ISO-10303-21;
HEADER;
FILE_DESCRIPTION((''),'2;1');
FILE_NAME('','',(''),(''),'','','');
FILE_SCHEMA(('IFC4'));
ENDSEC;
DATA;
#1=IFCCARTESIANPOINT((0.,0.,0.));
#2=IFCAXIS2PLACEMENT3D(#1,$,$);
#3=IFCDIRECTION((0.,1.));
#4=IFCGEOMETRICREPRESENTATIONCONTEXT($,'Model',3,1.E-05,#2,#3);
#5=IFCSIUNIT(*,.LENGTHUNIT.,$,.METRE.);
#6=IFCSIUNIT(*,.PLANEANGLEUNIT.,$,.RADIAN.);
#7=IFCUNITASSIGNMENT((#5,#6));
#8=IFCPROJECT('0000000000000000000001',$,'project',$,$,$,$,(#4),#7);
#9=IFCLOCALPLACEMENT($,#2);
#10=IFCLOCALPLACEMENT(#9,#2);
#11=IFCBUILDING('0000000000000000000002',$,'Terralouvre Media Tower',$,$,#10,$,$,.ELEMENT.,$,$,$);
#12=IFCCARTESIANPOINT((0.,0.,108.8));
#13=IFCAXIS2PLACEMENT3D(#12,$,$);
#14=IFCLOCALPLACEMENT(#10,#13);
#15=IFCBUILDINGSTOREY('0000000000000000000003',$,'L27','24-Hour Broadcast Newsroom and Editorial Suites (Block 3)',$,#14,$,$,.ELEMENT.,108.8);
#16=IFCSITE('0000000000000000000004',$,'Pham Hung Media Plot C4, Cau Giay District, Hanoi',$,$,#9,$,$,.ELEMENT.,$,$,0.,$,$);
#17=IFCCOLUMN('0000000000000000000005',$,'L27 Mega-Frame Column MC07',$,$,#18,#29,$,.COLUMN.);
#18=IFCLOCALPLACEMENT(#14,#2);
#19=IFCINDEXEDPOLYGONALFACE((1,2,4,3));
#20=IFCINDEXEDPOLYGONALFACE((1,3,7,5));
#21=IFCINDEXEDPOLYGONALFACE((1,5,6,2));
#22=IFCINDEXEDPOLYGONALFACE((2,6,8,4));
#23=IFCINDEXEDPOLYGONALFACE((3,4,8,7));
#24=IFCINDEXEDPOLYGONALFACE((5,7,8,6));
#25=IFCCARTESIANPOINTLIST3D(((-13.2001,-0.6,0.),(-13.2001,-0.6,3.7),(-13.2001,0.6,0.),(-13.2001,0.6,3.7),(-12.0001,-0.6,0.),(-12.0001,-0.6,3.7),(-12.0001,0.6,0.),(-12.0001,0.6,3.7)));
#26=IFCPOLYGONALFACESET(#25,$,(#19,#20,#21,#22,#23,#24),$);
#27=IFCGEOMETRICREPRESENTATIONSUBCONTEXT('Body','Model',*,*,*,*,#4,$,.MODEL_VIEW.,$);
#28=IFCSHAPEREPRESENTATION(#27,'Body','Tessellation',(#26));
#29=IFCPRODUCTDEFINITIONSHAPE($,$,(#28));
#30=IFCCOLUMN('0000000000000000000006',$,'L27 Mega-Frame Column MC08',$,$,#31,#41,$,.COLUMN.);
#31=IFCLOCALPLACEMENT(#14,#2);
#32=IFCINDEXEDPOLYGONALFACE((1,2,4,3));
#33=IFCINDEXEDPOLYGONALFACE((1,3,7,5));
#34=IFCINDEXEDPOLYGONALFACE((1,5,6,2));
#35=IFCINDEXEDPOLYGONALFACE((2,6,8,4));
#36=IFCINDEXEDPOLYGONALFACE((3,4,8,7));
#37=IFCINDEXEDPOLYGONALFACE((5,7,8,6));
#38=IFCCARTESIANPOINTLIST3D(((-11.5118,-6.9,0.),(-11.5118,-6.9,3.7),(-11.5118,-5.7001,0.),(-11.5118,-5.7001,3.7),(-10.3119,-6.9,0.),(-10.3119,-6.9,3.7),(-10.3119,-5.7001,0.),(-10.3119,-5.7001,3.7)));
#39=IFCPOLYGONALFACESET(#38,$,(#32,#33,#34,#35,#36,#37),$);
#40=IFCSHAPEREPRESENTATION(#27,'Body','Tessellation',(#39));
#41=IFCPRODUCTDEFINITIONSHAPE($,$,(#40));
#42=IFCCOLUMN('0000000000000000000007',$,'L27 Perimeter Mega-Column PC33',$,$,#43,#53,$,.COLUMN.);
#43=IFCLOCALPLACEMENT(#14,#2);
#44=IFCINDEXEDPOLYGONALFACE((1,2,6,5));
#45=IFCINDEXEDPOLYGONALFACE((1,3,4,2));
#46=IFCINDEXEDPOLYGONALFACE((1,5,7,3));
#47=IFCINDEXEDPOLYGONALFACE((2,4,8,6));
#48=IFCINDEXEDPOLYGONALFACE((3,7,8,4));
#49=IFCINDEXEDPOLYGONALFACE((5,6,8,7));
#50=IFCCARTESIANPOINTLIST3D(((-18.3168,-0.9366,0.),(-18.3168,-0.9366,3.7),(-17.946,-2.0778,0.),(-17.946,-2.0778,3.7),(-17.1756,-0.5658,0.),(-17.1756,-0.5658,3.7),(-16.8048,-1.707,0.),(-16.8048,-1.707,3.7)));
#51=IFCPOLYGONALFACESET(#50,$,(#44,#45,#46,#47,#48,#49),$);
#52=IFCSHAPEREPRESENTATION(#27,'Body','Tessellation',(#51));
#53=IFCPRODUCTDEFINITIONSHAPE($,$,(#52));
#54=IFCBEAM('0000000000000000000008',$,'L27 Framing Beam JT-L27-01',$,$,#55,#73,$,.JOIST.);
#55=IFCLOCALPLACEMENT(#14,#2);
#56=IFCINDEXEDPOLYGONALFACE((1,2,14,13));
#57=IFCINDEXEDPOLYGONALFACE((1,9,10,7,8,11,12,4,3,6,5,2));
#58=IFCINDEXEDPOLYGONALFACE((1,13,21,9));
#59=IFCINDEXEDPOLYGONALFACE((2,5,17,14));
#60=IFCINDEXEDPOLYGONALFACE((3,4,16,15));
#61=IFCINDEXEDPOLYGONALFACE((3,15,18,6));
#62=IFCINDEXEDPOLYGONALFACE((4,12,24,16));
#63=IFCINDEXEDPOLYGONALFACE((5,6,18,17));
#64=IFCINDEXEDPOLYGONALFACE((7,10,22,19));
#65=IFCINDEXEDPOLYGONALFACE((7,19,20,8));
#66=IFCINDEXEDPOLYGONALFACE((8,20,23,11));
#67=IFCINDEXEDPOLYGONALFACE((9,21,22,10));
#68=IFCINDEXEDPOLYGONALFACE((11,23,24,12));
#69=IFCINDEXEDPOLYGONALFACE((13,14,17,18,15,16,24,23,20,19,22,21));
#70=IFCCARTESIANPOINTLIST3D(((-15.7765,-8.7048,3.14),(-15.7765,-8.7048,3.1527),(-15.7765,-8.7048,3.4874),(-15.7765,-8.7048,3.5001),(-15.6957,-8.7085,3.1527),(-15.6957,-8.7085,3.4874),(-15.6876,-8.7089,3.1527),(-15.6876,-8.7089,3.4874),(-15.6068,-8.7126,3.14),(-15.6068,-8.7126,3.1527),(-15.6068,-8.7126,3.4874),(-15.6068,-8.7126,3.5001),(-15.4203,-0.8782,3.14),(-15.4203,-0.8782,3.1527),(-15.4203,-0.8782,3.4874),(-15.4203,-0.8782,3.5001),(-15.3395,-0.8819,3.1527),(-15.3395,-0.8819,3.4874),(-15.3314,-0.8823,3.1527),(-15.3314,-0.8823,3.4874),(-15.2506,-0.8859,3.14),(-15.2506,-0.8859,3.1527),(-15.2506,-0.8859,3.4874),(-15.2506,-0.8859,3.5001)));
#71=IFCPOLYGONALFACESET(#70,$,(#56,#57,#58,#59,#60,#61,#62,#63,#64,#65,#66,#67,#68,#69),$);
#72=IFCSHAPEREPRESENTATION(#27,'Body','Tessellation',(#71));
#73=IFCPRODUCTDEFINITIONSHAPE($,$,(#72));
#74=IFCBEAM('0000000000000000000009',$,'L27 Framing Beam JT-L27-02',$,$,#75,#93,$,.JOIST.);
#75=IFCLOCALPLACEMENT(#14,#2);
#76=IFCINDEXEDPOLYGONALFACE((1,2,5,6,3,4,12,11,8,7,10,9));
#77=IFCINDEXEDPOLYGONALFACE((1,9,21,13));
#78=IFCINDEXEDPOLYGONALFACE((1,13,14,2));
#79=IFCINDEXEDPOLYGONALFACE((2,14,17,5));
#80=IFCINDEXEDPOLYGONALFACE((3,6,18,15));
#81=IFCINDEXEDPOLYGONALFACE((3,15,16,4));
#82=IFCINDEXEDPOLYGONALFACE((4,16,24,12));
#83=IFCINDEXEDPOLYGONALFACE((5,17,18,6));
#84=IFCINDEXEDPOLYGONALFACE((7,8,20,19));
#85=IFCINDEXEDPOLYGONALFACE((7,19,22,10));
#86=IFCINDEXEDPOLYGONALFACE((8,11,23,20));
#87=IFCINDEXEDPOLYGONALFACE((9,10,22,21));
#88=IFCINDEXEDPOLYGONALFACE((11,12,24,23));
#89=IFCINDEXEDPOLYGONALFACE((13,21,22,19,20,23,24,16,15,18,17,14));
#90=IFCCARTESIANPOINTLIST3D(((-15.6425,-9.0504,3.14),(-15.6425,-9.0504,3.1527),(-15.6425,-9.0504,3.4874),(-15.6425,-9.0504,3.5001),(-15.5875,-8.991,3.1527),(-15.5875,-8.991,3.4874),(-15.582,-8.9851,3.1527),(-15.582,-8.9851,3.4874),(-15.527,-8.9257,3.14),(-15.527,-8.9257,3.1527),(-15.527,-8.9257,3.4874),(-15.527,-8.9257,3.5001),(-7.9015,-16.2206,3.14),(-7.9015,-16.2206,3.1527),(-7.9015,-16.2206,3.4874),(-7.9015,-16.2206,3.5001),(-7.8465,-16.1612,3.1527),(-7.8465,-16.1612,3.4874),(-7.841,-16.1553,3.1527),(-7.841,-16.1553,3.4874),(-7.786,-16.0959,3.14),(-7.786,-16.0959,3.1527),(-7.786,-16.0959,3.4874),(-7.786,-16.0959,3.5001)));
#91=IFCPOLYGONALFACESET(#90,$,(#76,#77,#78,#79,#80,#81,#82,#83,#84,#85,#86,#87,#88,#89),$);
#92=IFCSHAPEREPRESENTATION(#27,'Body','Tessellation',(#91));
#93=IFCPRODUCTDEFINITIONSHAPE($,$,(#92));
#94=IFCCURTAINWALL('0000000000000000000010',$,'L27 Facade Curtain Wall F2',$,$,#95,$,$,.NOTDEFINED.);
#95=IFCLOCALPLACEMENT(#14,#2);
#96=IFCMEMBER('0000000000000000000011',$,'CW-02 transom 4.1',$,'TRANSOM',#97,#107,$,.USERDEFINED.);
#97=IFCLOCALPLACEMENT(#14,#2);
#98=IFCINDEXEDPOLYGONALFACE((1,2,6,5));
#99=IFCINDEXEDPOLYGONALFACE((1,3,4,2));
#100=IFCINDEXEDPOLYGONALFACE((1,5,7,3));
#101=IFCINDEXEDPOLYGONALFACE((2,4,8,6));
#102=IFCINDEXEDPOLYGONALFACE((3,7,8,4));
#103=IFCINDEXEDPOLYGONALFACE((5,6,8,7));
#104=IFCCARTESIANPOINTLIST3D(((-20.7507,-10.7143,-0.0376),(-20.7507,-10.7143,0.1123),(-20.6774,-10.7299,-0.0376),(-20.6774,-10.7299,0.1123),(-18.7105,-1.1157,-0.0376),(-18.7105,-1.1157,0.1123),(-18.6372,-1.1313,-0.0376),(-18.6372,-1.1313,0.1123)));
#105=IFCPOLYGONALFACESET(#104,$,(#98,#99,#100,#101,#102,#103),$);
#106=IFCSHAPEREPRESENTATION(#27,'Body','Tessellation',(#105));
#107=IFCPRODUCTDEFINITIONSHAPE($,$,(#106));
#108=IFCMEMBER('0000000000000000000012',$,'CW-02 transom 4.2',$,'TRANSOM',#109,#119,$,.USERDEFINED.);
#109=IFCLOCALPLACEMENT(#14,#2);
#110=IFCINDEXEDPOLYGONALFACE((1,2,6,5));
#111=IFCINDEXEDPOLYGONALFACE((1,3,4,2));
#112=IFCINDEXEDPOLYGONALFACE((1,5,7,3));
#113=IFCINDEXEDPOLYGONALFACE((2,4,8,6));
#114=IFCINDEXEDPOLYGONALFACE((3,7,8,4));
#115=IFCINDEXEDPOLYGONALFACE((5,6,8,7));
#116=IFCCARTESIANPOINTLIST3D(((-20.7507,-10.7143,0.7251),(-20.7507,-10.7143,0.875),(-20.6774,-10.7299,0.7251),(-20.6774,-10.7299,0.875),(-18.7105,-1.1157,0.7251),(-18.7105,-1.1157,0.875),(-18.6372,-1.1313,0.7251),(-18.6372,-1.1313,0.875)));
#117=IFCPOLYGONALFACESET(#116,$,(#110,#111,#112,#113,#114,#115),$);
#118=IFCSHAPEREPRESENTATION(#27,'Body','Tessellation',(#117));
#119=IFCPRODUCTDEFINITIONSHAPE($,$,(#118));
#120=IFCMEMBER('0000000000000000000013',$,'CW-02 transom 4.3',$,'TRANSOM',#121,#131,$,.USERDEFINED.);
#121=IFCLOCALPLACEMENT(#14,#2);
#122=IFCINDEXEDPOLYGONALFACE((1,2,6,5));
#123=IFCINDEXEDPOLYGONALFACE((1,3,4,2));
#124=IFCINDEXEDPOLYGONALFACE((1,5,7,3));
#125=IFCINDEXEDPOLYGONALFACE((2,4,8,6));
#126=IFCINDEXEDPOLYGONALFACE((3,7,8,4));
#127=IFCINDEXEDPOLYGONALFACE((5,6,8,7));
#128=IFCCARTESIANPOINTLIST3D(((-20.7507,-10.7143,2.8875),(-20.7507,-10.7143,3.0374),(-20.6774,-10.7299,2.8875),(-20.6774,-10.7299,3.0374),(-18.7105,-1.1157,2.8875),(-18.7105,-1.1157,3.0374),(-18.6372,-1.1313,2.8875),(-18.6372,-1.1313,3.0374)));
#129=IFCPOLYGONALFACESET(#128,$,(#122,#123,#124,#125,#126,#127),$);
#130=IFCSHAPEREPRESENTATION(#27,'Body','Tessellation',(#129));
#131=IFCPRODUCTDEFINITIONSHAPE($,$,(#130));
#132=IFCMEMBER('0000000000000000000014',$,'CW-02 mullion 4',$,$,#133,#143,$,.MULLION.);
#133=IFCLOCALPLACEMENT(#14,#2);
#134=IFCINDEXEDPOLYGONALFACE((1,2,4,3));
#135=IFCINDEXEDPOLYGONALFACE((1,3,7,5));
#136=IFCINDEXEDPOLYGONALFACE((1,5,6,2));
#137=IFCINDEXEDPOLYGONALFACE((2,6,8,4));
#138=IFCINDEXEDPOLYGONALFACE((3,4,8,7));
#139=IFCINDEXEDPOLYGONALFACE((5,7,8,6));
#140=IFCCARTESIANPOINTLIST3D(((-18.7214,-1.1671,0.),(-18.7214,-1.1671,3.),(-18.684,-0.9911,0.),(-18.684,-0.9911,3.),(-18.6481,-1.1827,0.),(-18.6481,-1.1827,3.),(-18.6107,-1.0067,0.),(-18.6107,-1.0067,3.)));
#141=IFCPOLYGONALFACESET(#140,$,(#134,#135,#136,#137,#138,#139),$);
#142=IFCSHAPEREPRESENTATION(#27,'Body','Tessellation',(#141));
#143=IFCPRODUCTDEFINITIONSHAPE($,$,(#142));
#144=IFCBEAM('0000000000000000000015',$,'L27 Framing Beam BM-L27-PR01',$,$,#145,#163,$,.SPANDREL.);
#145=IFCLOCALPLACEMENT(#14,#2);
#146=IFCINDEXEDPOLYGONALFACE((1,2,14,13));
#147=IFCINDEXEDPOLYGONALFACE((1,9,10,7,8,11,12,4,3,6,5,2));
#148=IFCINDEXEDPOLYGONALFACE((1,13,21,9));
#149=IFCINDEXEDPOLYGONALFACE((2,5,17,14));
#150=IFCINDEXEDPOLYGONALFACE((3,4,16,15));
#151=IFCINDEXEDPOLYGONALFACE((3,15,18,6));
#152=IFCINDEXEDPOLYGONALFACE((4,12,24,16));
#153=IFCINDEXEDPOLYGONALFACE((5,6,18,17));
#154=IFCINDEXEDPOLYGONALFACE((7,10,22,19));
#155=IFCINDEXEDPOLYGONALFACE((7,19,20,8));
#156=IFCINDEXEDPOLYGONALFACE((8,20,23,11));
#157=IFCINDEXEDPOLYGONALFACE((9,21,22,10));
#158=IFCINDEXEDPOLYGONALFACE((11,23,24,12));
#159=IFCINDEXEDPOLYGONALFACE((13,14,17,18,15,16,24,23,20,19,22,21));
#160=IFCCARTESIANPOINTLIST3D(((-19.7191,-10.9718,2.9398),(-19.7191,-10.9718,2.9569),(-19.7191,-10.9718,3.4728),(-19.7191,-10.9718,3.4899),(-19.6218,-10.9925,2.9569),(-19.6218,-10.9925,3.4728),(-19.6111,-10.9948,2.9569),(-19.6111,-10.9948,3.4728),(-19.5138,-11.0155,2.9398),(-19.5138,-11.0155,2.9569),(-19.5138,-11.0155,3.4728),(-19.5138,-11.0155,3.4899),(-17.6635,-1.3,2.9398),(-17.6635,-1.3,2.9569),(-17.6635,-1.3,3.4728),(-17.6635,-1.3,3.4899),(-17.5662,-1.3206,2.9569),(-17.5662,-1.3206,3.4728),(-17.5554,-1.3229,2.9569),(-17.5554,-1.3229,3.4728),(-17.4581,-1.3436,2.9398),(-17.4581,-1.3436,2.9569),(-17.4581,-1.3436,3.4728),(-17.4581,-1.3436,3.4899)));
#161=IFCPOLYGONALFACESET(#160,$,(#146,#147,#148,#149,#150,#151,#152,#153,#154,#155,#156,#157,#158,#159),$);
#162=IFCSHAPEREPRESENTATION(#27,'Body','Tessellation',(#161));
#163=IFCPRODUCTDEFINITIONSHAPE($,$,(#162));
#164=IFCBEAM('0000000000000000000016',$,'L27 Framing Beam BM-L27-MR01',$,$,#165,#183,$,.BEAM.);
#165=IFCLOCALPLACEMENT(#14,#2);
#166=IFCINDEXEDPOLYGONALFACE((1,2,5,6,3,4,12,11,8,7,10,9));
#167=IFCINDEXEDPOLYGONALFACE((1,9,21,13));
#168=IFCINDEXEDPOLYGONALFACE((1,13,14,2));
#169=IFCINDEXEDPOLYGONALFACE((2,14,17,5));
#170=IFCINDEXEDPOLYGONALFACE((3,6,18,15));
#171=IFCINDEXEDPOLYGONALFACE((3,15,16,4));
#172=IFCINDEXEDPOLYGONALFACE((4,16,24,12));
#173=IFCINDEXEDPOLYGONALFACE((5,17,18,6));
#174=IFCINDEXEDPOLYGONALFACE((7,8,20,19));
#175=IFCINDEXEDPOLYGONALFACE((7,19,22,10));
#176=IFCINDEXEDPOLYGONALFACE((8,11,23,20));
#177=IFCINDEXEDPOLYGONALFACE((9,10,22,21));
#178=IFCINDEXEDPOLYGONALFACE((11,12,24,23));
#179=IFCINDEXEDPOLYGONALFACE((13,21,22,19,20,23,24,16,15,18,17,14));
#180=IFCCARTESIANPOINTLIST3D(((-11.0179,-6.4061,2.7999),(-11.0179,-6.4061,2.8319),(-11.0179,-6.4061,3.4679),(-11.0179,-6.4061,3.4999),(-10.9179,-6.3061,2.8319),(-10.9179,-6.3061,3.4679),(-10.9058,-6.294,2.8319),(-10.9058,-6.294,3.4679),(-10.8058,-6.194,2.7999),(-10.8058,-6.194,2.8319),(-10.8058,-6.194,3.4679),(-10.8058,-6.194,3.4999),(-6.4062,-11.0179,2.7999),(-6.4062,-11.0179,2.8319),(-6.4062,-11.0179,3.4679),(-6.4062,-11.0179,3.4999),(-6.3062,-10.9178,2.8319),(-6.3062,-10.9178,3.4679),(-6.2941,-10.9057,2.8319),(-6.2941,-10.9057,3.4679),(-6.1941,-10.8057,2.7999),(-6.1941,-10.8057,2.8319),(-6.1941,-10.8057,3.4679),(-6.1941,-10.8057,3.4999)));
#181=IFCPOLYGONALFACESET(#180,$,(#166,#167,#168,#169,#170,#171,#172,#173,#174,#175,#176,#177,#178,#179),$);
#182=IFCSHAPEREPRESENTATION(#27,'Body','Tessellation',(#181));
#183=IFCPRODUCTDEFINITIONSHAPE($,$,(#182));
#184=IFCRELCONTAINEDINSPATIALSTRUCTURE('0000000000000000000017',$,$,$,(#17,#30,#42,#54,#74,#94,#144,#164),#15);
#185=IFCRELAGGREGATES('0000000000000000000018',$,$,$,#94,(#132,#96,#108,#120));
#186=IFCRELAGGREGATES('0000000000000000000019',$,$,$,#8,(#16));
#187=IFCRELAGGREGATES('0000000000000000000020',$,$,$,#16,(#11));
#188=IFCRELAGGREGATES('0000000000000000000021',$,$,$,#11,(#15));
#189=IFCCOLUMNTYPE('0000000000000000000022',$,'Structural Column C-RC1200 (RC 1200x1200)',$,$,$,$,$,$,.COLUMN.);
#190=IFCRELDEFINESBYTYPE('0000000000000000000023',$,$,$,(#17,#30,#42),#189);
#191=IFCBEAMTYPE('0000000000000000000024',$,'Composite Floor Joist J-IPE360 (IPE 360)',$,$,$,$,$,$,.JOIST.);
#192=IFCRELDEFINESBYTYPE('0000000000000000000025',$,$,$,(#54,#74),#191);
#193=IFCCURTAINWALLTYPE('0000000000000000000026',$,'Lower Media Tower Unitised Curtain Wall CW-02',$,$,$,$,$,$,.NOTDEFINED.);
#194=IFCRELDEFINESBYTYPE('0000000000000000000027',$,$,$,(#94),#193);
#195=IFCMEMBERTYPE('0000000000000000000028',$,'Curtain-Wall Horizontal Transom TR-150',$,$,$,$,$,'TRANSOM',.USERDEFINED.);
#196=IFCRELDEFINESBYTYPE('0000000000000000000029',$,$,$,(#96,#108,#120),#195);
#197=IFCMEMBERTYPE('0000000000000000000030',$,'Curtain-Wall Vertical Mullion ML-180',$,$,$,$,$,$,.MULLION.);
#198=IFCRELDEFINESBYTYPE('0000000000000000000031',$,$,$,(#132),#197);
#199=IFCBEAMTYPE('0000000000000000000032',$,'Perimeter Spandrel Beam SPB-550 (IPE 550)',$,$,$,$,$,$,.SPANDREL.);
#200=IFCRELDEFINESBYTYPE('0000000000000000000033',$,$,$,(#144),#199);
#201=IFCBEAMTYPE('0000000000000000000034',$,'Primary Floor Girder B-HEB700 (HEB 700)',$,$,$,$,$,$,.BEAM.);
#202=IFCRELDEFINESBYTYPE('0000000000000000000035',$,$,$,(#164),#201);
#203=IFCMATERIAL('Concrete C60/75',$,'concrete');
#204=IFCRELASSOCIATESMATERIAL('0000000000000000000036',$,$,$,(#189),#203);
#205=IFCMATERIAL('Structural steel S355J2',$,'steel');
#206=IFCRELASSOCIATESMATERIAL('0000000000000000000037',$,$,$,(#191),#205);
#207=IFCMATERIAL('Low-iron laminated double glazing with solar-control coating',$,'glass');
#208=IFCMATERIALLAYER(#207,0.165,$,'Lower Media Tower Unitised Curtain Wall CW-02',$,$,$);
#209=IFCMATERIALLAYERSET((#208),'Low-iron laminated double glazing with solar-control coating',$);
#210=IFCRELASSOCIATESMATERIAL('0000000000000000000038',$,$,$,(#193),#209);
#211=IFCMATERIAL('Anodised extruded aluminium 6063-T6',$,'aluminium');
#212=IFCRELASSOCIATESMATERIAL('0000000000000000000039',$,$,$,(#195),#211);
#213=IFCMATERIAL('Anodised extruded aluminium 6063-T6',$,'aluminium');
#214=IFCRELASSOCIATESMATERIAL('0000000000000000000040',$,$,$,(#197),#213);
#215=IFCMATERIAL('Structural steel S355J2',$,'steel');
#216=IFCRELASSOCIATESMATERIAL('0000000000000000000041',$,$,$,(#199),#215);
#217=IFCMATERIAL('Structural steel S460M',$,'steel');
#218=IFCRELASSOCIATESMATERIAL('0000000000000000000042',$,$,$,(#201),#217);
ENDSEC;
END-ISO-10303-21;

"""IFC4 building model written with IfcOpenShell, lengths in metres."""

from ifc_helpers import new_model, si_unit, direction, frame, origin, origin_2d, place, context, subcontext, project, spatial, rectangle, i_section, extrude, material, layer, layer_set, material_profile, profile_set, type_object, element, aggregate, save


model = new_model("IFC4")

# Units and contexts
model_context = context("Model", 3, precision=1e-05, world=origin(), true_north=direction((0.0, 1.0)))
body_context = subcontext(model_context, "Body", "Model", "MODEL_VIEW")
ifc_project = project(units=[si_unit("LENGTHUNIT", "METRE"), si_unit("PLANEANGLEUNIT", "RADIAN")], contexts=[model_context])

# Site, building, storey
site_placement = place(None, origin())
site = spatial("IfcSite", under=ifc_project, at=site_placement, Name="Pham Hung Media Plot C4, Cau Giay District, Hanoi", CompositionType="ELEMENT", RefElevation=0.0)
building_placement = place(site_placement, origin())
building = spatial("IfcBuilding", under=site, at=building_placement, Name="Terralouvre Media Tower", CompositionType="ELEMENT")
storey_placement = place(building_placement, frame((0.0, 0.0, 108.8)))
storey = spatial("IfcBuildingStorey", under=building, at=storey_placement, Name="L27", Description="24-Hour Broadcast Newsroom and Editorial Suites (Block 3)", CompositionType="ELEMENT", Elevation=108.8)

# Columns
ifc_material_1 = material(Name="Concrete C60/75", Category="concrete")
ifc_material_profile_1 = material_profile(ifc_material_1, rectangle(XDim=1.2, YDim=1.2, at=origin_2d()), Name="RC 1200x1200")
ifc_profile_set_1 = profile_set([ifc_material_profile_1], Name="Concrete C60/75")
column_type = type_object("IfcColumnType", Name="Structural Column C-RC1200 (RC 1200x1200)", PredefinedType="COLUMN", material=ifc_profile_set_1)
for number, where, z_axis, x_axis, name in (
    (1, (-12.6001, 0.0, 0.0), (0.0, 0.0, 1.0), (1.0, 0.0, 0.0), "L27 Mega-Frame Column MC07"),
    (2, (-10.9119, -6.3, 0.0), (0.0, 0.0, 1.0), (1.0, 0.0, 0.0), "L27 Mega-Frame Column MC08"),
    (3, (-17.5608, -1.3218, 0.0), (0.0, 0.0, 1.0), (0.951057, 0.309017, 0.0), "L27 Perimeter Mega-Column PC33"),
):
    element("IfcColumn", number, at=place(storey_placement, frame(where, z_axis=z_axis, x_axis=x_axis)), inside=storey, type_object=column_type, Name=name, PredefinedType="COLUMN", context=body_context, shape_type="SweptSolid", body=[
        extrude(rectangle(XDim=1.2, YDim=1.2, at=origin_2d()), origin(), (0.0, 0.0, 1.0), 3.7),
    ])

# Beams
ifc_material_2 = material(Name="Structural steel S355J2", Category="steel")
ifc_material_profile_2 = material_profile(ifc_material_2, i_section(OverallWidth=0.1699, OverallDepth=0.3601, WebThickness=0.0081, FlangeThickness=0.0127, at=origin_2d()), Name="IPE 360")
ifc_profile_set_2 = profile_set([ifc_material_profile_2], Name="Structural steel S355J2")
beam_type_1 = type_object("IfcBeamType", Name="Composite Floor Joist J-IPE360 (IPE 360)", PredefinedType="JOIST", material=ifc_profile_set_2)
beam_1_placement = place(storey_placement, frame((-15.3354, -0.8821, 3.3201), z_axis=(-0.045464, -0.998966, 0.0), x_axis=(0.998966, -0.045464, 0.0)))
element("IfcBeam", 4, at=beam_1_placement, inside=storey, type_object=beam_type_1, Name="L27 Framing Beam JT-L27-01", PredefinedType="JOIST", context=body_context, shape_type="SweptSolid", body=[
    extrude(i_section(OverallWidth=0.1699, OverallDepth=0.3601, WebThickness=0.0081, FlangeThickness=0.0127, at=origin_2d()), origin(), (0.0, 0.0, 1.0), 7.8347),
])
beam_2_placement = place(storey_placement, frame((-15.5847, -8.988, 3.3201), z_axis=(0.733638, -0.679541, 0.0), x_axis=(0.679541, 0.733638, 0.0)))
element("IfcBeam", 5, at=beam_2_placement, inside=storey, type_object=beam_type_1, Name="L27 Framing Beam JT-L27-02", PredefinedType="JOIST", context=body_context, shape_type="SweptSolid", body=[
    extrude(i_section(OverallWidth=0.1699, OverallDepth=0.3601, WebThickness=0.0081, FlangeThickness=0.0127, at=origin_2d()), origin(), (0.0, 0.0, 1.0), 10.5515),
])

# Curtain wall, members
ifc_material_3 = material(Name="Low-iron laminated double glazing with solar-control coating", Category="glass")
ifc_layer_1 = layer(ifc_material_3, 0.165, Name="Lower Media Tower Unitised Curtain Wall CW-02")
ifc_layer_set_1 = layer_set([ifc_layer_1], Name="Low-iron laminated double glazing with solar-control coating")
curtain_wall_type = type_object("IfcCurtainWallType", Name="Lower Media Tower Unitised Curtain Wall CW-02", PredefinedType="NOTDEFINED", material=ifc_layer_set_1)
curtain_wall_placement = place(storey_placement, origin())
curtain_wall = element("IfcCurtainWall", 6, at=curtain_wall_placement, inside=storey, type_object=curtain_wall_type, Name="L27 Facade Curtain Wall F2", PredefinedType="NOTDEFINED")
ifc_material_4 = material(Name="Anodised extruded aluminium 6063-T6", Category="aluminium")
ifc_material_profile_3 = material_profile(ifc_material_4, rectangle(XDim=0.075, YDim=0.1499, at=origin_2d()), Name="ALU 75x150")
ifc_profile_set_3 = profile_set([ifc_material_profile_3], Name="Anodised extruded aluminium 6063-T6")
member_type_1 = type_object("IfcMemberType", Name="Curtain-Wall Horizontal Transom TR-150", ElementType="TRANSOM", PredefinedType="USERDEFINED", material=ifc_profile_set_3)
member_1_placement = place(storey_placement, frame((-18.6738, -1.1235, 0.0374), z_axis=(-0.207915, -0.978147, 0.0), x_axis=(0.978147, -0.207915, 0.0)))
member_1 = element("IfcMember", 7, at=member_1_placement, type_object=member_type_1, Name="CW-02 transom 4.1", ObjectType="TRANSOM", PredefinedType="USERDEFINED", context=body_context, shape_type="SweptSolid", body=[
    extrude(rectangle(XDim=0.075, YDim=0.1499, at=origin_2d()), origin(), (0.0, 0.0, 1.0), 9.813),
])
member_2_placement = place(storey_placement, frame((-18.6738, -1.1235, 0.8), z_axis=(-0.207915, -0.978147, 0.0), x_axis=(0.978147, -0.207915, 0.0)))
member_2 = element("IfcMember", 8, at=member_2_placement, type_object=member_type_1, Name="CW-02 transom 4.2", ObjectType="TRANSOM", PredefinedType="USERDEFINED", context=body_context, shape_type="SweptSolid", body=[
    extrude(rectangle(XDim=0.075, YDim=0.1499, at=origin_2d()), origin(), (0.0, 0.0, 1.0), 9.813),
])
member_3_placement = place(storey_placement, frame((-18.6738, -1.1235, 2.9624), z_axis=(-0.207915, -0.978147, 0.0), x_axis=(0.978147, -0.207915, 0.0)))
member_3 = element("IfcMember", 9, at=member_3_placement, type_object=member_type_1, Name="CW-02 transom 4.3", ObjectType="TRANSOM", PredefinedType="USERDEFINED", context=body_context, shape_type="SweptSolid", body=[
    extrude(rectangle(XDim=0.075, YDim=0.1499, at=origin_2d()), origin(), (0.0, 0.0, 1.0), 9.813),
])
ifc_material_5 = material(Name="Anodised extruded aluminium 6063-T6", Category="aluminium")
ifc_material_profile_4 = material_profile(ifc_material_5, rectangle(XDim=0.075, YDim=0.1799, at=origin_2d()), Name="ALU 75x180")
ifc_profile_set_4 = profile_set([ifc_material_profile_4], Name="Anodised extruded aluminium 6063-T6")
member_type_2 = type_object("IfcMemberType", Name="Curtain-Wall Vertical Mullion ML-180", PredefinedType="MULLION", material=ifc_profile_set_4)
member_4_placement = place(storey_placement, frame((-18.666, -1.0869, 0.0), z_axis=(0.0, 0.0, 1.0), x_axis=(0.978148, -0.207912, 0.0)))
member_4 = element("IfcMember", 10, at=member_4_placement, type_object=member_type_2, Name="CW-02 mullion 4", PredefinedType="MULLION", context=body_context, shape_type="SweptSolid", body=[
    extrude(rectangle(XDim=0.075, YDim=0.1799, at=origin_2d()), origin(), (0.0, 0.0, 1.0), 3.0),
])

# Beams
ifc_material_6 = material(Name="Structural steel S355J2", Category="steel")
ifc_material_profile_5 = material_profile(ifc_material_6, i_section(OverallWidth=0.21, OverallDepth=0.55, WebThickness=0.011, FlangeThickness=0.0171, at=origin_2d()), Name="IPE 550")
ifc_profile_set_5 = profile_set([ifc_material_profile_5], Name="Structural steel S355J2")
beam_type_2 = type_object("IfcBeamType", Name="Perimeter Spandrel Beam SPB-550 (IPE 550)", PredefinedType="SPANDREL", material=ifc_profile_set_5)
beam_3_placement = place(storey_placement, frame((-17.5608, -1.3218, 3.2148), z_axis=(-0.207897, -0.978151, 0.0), x_axis=(0.978151, -0.207897, 0.0)))
element("IfcBeam", 11, at=beam_3_placement, inside=storey, type_object=beam_type_2, Name="L27 Framing Beam BM-L27-PR01", PredefinedType="SPANDREL", context=body_context, shape_type="SweptSolid", body=[
    extrude(i_section(OverallWidth=0.21, OverallDepth=0.55, WebThickness=0.011, FlangeThickness=0.0171, at=origin_2d()), origin(), (0.0, 0.0, 1.0), 9.8879),
])
ifc_material_7 = material(Name="Structural steel S460M", Category="steel")
ifc_material_profile_6 = material_profile(ifc_material_7, i_section(OverallWidth=0.3, OverallDepth=0.7, WebThickness=0.0171, FlangeThickness=0.032, at=origin_2d()), Name="HEB 700")
ifc_profile_set_6 = profile_set([ifc_material_profile_6], Name="Structural steel S460M")
beam_type_3 = type_object("IfcBeamType", Name="Primary Floor Girder B-HEB700 (HEB 700)", PredefinedType="BEAM", material=ifc_profile_set_6)
beam_4_placement = place(storey_placement, frame((-10.9119, -6.3, 3.1499), z_axis=(0.707107, -0.707107, 0.0), x_axis=(0.707107, 0.707107, 0.0)))
element("IfcBeam", 12, at=beam_4_placement, inside=storey, type_object=beam_type_3, Name="L27 Framing Beam BM-L27-MR01", PredefinedType="BEAM", context=body_context, shape_type="SweptSolid", body=[
    extrude(i_section(OverallWidth=0.3, OverallDepth=0.7, WebThickness=0.0171, FlangeThickness=0.032, at=origin_2d()), origin(), (0.0, 0.0, 1.0), 6.522),
])

aggregate(curtain_wall, [member_4, member_1, member_2, member_3])

save(model, "model.ifc")
